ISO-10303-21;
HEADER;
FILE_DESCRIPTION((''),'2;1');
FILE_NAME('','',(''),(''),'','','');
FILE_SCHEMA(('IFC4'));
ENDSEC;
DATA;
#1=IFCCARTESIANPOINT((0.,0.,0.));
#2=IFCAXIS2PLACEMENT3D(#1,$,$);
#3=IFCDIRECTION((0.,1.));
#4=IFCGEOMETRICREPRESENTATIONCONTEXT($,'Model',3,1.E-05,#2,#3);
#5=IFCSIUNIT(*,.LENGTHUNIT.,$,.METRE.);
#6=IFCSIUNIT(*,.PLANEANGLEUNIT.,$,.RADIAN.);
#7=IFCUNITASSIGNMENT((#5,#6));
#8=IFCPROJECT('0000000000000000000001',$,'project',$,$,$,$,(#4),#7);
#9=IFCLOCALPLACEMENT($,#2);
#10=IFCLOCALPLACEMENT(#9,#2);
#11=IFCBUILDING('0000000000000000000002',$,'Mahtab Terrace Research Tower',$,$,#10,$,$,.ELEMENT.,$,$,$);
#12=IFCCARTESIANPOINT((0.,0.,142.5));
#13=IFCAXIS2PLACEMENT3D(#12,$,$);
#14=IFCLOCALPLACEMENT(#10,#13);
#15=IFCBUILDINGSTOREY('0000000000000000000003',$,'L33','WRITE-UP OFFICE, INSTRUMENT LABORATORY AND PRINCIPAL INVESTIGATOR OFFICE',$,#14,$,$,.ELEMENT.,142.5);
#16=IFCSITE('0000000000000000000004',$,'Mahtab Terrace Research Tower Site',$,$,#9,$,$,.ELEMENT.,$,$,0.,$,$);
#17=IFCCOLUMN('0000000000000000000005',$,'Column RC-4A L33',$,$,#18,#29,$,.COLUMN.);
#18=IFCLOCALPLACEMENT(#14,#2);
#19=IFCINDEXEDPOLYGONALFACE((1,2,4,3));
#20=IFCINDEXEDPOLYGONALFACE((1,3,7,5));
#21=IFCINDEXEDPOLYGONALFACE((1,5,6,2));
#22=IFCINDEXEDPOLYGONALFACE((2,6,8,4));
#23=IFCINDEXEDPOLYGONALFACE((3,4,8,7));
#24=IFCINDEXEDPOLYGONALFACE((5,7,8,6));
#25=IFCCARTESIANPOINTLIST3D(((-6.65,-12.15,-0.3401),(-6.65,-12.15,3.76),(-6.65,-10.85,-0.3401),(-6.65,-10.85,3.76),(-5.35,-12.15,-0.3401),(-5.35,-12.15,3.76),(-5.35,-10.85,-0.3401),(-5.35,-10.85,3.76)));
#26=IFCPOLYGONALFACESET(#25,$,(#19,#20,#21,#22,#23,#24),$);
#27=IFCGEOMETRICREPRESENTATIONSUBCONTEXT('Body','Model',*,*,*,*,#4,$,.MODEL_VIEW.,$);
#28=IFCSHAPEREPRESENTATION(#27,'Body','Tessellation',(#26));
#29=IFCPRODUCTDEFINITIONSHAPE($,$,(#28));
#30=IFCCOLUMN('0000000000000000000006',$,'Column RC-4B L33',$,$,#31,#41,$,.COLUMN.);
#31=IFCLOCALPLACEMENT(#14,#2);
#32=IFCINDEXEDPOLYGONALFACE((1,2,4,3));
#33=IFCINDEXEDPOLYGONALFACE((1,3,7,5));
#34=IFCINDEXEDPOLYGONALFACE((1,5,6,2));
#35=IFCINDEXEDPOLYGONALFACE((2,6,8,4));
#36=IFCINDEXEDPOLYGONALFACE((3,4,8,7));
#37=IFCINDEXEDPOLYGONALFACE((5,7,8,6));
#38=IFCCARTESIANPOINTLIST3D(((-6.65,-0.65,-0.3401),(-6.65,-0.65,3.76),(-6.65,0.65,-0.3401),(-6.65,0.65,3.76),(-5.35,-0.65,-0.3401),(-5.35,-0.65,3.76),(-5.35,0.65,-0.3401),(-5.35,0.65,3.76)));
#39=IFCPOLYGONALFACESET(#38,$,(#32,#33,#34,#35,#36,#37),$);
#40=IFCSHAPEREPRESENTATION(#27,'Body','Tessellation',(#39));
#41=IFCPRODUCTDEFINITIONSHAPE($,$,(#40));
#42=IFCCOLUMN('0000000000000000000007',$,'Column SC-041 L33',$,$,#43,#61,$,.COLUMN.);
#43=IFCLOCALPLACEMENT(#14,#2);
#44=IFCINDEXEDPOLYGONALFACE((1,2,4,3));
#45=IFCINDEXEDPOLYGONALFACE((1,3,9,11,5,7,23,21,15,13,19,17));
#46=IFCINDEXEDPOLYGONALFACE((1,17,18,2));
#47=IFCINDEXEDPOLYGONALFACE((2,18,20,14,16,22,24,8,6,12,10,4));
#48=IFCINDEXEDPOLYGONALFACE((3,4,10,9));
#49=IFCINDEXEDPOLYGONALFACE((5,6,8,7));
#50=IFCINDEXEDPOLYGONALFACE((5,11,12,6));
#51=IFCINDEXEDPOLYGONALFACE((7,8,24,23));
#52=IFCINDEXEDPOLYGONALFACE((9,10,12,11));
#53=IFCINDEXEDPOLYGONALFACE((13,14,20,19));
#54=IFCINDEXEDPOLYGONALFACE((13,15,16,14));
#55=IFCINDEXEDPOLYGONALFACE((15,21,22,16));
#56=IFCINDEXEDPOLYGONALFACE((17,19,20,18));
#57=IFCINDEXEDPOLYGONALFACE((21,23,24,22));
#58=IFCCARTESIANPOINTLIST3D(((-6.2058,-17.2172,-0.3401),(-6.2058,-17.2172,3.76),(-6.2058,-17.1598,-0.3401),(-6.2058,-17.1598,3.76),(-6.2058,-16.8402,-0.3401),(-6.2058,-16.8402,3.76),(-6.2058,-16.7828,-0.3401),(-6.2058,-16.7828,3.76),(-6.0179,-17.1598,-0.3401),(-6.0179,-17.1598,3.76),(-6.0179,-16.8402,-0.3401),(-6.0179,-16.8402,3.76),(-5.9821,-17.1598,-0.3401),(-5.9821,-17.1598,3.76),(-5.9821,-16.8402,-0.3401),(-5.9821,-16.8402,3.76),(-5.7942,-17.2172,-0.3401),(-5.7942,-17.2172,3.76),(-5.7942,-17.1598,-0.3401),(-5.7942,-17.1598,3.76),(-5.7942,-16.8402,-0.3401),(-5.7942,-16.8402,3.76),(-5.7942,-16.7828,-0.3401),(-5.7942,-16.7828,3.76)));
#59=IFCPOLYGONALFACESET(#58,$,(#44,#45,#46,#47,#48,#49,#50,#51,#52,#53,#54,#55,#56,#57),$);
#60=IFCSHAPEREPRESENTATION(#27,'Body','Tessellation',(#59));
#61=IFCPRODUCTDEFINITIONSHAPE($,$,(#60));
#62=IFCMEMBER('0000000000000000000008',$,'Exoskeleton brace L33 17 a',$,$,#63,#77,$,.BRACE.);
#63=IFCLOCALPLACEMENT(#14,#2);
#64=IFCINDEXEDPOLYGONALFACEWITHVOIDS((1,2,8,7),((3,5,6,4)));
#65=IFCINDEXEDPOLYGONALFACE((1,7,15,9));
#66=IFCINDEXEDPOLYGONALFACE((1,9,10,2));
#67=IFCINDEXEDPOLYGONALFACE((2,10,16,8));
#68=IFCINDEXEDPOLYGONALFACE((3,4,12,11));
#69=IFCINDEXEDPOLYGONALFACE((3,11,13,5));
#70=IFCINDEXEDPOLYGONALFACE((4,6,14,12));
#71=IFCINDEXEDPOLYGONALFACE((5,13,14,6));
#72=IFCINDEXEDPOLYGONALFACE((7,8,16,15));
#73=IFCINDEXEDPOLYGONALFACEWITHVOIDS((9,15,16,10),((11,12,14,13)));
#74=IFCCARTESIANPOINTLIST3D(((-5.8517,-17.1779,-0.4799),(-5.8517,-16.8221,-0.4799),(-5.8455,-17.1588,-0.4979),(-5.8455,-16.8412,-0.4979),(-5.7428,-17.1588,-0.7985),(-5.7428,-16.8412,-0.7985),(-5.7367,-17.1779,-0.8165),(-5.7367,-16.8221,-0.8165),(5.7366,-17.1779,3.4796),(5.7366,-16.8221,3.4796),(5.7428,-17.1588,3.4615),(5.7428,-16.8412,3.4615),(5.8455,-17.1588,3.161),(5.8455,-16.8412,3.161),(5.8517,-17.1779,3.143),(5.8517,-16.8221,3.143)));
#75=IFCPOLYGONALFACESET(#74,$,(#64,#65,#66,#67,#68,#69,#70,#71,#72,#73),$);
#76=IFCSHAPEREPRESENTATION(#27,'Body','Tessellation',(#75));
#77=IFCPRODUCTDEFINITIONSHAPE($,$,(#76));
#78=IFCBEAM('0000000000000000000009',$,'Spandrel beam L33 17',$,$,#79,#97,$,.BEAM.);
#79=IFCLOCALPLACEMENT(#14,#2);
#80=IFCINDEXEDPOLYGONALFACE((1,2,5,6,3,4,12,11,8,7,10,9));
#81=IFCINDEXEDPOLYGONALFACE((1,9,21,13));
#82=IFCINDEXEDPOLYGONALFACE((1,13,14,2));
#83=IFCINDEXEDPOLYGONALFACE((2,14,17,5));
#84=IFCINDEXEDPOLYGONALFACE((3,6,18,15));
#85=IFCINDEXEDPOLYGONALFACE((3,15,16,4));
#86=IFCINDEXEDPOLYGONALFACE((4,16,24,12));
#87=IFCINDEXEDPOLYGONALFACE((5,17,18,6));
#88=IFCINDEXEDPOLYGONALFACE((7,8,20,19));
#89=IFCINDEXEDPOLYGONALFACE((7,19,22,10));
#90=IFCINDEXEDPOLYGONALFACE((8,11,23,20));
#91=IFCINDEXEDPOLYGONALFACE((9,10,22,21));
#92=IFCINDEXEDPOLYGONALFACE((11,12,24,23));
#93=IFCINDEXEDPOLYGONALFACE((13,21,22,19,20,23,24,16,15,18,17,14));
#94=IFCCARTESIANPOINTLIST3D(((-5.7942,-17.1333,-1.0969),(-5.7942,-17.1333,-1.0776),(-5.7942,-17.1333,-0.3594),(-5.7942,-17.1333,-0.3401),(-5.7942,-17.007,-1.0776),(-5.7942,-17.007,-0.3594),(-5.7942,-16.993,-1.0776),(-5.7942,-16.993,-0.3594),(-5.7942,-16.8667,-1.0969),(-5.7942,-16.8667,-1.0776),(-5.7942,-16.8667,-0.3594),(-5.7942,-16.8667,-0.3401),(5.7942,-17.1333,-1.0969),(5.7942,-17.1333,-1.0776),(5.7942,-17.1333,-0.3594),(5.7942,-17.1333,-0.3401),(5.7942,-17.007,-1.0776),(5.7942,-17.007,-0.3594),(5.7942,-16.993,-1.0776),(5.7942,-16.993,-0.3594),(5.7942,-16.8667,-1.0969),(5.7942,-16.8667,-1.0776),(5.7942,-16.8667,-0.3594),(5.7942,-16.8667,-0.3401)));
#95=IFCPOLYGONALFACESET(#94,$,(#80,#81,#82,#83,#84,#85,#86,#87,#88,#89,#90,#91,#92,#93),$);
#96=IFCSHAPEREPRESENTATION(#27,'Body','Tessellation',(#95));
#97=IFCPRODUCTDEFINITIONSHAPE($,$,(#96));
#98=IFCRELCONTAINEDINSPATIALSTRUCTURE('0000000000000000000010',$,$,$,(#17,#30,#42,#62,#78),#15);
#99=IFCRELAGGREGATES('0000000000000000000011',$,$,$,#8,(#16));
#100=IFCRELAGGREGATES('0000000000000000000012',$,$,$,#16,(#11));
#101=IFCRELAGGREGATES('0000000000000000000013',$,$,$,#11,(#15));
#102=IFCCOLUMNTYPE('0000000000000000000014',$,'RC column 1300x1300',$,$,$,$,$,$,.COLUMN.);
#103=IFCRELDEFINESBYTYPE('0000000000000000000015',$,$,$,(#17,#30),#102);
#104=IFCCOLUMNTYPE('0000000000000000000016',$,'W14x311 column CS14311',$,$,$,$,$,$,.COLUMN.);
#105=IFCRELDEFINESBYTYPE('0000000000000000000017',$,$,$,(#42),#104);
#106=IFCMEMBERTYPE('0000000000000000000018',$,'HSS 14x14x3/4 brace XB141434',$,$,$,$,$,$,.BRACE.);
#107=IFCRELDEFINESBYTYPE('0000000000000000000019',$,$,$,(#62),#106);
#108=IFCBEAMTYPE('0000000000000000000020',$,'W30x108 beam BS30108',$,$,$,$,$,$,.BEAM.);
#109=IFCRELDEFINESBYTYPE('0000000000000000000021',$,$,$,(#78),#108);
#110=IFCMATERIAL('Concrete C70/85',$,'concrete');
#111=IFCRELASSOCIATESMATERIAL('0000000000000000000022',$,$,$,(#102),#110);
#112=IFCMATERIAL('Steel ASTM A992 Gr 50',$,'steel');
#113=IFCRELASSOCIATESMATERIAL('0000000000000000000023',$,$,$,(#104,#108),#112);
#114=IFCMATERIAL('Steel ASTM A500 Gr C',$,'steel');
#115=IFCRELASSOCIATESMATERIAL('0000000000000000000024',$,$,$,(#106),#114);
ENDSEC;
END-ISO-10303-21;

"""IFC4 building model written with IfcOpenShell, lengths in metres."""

from ifc_helpers import new_model, si_unit, direction, frame, origin, origin_2d, place, context, subcontext, project, spatial, rectangle, hollow_rectangle, i_section, extrude, material, material_profile, profile_set, type_object, element, save


model = new_model("IFC4")

# Units and contexts
model_context = context("Model", 3, precision=1e-05, world=origin(), true_north=direction((0.0, 1.0)))
body_context = subcontext(model_context, "Body", "Model", "MODEL_VIEW")
ifc_project = project(units=[si_unit("LENGTHUNIT", "METRE"), si_unit("PLANEANGLEUNIT", "RADIAN")], contexts=[model_context])

# Site, building, storey
site_placement = place(None, origin())
site = spatial("IfcSite", under=ifc_project, at=site_placement, Name="Mahtab Terrace Research Tower Site", CompositionType="ELEMENT", RefElevation=0.0)
building_placement = place(site_placement, origin())
building = spatial("IfcBuilding", under=site, at=building_placement, Name="Mahtab Terrace Research Tower", CompositionType="ELEMENT")
storey_placement = place(building_placement, frame((0.0, 0.0, 142.5)))
storey = spatial("IfcBuildingStorey", under=building, at=storey_placement, Name="L33", Description="WRITE-UP OFFICE, INSTRUMENT LABORATORY AND PRINCIPAL INVESTIGATOR OFFICE", CompositionType="ELEMENT", Elevation=142.5)

# Columns
ifc_material_1 = material(Name="Concrete C70/85", Category="concrete")
ifc_material_profile_1 = material_profile(ifc_material_1, rectangle(XDim=1.3, YDim=1.3, at=origin_2d()), Name="RC column 1300x1300")
ifc_profile_set_1 = profile_set([ifc_material_profile_1], Name="Concrete C70/85")
column_type_1 = type_object("IfcColumnType", Name="RC column 1300x1300", PredefinedType="COLUMN", material=ifc_profile_set_1)
for number, where, z_axis, x_axis, name in (
    (1, (-6.0, -11.5, -0.3401), (0.0, 0.0, 1.0), (1.0, 0.0, 0.0), "Column RC-4A L33"),
    (2, (-6.0, 0.0, -0.3401), (0.0, 0.0, 1.0), (1.0, 0.0, 0.0), "Column RC-4B L33"),
):
    element("IfcColumn", number, at=place(storey_placement, frame(where, z_axis=z_axis, x_axis=x_axis)), inside=storey, type_object=column_type_1, Name=name, PredefinedType="COLUMN", context=body_context, shape_type="SweptSolid", body=[
        extrude(rectangle(XDim=1.3, YDim=1.3, at=origin_2d()), origin(), (0.0, 0.0, 1.0), 4.1001),
    ])
ifc_material_2 = material(Name="Steel ASTM A992 Gr 50", Category="steel")
ifc_material_profile_2 = material_profile(ifc_material_2, i_section(OverallWidth=0.4116, OverallDepth=0.4343, WebThickness=0.0359, FlangeThickness=0.0574, at=origin_2d()), Name="W14X311")
ifc_profile_set_2 = profile_set([ifc_material_profile_2], Name="Steel ASTM A992 Gr 50")
column_type_2 = type_object("IfcColumnType", Name="W14x311 column CS14311", PredefinedType="COLUMN", material=ifc_profile_set_2)
column_placement = place(storey_placement, frame((-6.0, -17.0, -0.3401), z_axis=(0.0, 0.0, 1.0), x_axis=(1.0, 0.0, 0.0)))
element("IfcColumn", 3, at=column_placement, inside=storey, type_object=column_type_2, Name="Column SC-041 L33", PredefinedType="COLUMN", context=body_context, shape_type="SweptSolid", body=[
    extrude(i_section(OverallWidth=0.4116, OverallDepth=0.4343, WebThickness=0.0359, FlangeThickness=0.0574, at=origin_2d()), origin(), (0.0, 0.0, 1.0), 4.1001),
])

# Member
ifc_material_3 = material(Name="Steel ASTM A500 Gr C", Category="steel")
ifc_material_profile_3 = material_profile(ifc_material_3, hollow_rectangle(XDim=0.3557, YDim=0.3557, WallThickness=0.019, at=origin_2d()), Name="HSS14X14X3/4")
ifc_profile_set_3 = profile_set([ifc_material_profile_3], Name="Steel ASTM A500 Gr C")
member_type = type_object("IfcMemberType", Name="HSS 14x14x3/4 brace XB141434", PredefinedType="BRACE", material=ifc_profile_set_3)
member_placement = place(storey_placement, frame((-5.7942, -17.0, -0.6482), z_axis=(0.946288, 0.0, 0.323324), x_axis=(0.0, 1.0, 0.0)))
element("IfcMember", 4, at=member_placement, inside=storey, type_object=member_type, Name="Exoskeleton brace L33 17 a", PredefinedType="BRACE", context=body_context, shape_type="SweptSolid", body=[
    extrude(hollow_rectangle(XDim=0.3557, YDim=0.3557, WallThickness=0.019, at=origin_2d()), origin(), (0.0, 0.0, 1.0), 12.2461),
])

# Beam
ifc_material_profile_4 = material_profile(ifc_material_2, i_section(OverallWidth=0.2666, OverallDepth=0.7568, WebThickness=0.0139, FlangeThickness=0.0193, at=origin_2d()), Name="W30X108")
ifc_profile_set_4 = profile_set([ifc_material_profile_4], Name="Steel ASTM A992 Gr 50")
beam_type = type_object("IfcBeamType", Name="W30x108 beam BS30108", PredefinedType="BEAM", material=ifc_profile_set_4)
beam_placement = place(storey_placement, frame((-5.7942, -17.0, -0.7185), z_axis=(1.0, 0.0, 0.0), x_axis=(0.0, 1.0, 0.0)))
element("IfcBeam", 5, at=beam_placement, inside=storey, type_object=beam_type, Name="Spandrel beam L33 17", PredefinedType="BEAM", context=body_context, shape_type="SweptSolid", body=[
    extrude(i_section(OverallWidth=0.2666, OverallDepth=0.7568, WebThickness=0.0139, FlangeThickness=0.0193, at=origin_2d()), origin(), (0.0, 0.0, 1.0), 11.5884),
])

save(model, "model.ifc")
